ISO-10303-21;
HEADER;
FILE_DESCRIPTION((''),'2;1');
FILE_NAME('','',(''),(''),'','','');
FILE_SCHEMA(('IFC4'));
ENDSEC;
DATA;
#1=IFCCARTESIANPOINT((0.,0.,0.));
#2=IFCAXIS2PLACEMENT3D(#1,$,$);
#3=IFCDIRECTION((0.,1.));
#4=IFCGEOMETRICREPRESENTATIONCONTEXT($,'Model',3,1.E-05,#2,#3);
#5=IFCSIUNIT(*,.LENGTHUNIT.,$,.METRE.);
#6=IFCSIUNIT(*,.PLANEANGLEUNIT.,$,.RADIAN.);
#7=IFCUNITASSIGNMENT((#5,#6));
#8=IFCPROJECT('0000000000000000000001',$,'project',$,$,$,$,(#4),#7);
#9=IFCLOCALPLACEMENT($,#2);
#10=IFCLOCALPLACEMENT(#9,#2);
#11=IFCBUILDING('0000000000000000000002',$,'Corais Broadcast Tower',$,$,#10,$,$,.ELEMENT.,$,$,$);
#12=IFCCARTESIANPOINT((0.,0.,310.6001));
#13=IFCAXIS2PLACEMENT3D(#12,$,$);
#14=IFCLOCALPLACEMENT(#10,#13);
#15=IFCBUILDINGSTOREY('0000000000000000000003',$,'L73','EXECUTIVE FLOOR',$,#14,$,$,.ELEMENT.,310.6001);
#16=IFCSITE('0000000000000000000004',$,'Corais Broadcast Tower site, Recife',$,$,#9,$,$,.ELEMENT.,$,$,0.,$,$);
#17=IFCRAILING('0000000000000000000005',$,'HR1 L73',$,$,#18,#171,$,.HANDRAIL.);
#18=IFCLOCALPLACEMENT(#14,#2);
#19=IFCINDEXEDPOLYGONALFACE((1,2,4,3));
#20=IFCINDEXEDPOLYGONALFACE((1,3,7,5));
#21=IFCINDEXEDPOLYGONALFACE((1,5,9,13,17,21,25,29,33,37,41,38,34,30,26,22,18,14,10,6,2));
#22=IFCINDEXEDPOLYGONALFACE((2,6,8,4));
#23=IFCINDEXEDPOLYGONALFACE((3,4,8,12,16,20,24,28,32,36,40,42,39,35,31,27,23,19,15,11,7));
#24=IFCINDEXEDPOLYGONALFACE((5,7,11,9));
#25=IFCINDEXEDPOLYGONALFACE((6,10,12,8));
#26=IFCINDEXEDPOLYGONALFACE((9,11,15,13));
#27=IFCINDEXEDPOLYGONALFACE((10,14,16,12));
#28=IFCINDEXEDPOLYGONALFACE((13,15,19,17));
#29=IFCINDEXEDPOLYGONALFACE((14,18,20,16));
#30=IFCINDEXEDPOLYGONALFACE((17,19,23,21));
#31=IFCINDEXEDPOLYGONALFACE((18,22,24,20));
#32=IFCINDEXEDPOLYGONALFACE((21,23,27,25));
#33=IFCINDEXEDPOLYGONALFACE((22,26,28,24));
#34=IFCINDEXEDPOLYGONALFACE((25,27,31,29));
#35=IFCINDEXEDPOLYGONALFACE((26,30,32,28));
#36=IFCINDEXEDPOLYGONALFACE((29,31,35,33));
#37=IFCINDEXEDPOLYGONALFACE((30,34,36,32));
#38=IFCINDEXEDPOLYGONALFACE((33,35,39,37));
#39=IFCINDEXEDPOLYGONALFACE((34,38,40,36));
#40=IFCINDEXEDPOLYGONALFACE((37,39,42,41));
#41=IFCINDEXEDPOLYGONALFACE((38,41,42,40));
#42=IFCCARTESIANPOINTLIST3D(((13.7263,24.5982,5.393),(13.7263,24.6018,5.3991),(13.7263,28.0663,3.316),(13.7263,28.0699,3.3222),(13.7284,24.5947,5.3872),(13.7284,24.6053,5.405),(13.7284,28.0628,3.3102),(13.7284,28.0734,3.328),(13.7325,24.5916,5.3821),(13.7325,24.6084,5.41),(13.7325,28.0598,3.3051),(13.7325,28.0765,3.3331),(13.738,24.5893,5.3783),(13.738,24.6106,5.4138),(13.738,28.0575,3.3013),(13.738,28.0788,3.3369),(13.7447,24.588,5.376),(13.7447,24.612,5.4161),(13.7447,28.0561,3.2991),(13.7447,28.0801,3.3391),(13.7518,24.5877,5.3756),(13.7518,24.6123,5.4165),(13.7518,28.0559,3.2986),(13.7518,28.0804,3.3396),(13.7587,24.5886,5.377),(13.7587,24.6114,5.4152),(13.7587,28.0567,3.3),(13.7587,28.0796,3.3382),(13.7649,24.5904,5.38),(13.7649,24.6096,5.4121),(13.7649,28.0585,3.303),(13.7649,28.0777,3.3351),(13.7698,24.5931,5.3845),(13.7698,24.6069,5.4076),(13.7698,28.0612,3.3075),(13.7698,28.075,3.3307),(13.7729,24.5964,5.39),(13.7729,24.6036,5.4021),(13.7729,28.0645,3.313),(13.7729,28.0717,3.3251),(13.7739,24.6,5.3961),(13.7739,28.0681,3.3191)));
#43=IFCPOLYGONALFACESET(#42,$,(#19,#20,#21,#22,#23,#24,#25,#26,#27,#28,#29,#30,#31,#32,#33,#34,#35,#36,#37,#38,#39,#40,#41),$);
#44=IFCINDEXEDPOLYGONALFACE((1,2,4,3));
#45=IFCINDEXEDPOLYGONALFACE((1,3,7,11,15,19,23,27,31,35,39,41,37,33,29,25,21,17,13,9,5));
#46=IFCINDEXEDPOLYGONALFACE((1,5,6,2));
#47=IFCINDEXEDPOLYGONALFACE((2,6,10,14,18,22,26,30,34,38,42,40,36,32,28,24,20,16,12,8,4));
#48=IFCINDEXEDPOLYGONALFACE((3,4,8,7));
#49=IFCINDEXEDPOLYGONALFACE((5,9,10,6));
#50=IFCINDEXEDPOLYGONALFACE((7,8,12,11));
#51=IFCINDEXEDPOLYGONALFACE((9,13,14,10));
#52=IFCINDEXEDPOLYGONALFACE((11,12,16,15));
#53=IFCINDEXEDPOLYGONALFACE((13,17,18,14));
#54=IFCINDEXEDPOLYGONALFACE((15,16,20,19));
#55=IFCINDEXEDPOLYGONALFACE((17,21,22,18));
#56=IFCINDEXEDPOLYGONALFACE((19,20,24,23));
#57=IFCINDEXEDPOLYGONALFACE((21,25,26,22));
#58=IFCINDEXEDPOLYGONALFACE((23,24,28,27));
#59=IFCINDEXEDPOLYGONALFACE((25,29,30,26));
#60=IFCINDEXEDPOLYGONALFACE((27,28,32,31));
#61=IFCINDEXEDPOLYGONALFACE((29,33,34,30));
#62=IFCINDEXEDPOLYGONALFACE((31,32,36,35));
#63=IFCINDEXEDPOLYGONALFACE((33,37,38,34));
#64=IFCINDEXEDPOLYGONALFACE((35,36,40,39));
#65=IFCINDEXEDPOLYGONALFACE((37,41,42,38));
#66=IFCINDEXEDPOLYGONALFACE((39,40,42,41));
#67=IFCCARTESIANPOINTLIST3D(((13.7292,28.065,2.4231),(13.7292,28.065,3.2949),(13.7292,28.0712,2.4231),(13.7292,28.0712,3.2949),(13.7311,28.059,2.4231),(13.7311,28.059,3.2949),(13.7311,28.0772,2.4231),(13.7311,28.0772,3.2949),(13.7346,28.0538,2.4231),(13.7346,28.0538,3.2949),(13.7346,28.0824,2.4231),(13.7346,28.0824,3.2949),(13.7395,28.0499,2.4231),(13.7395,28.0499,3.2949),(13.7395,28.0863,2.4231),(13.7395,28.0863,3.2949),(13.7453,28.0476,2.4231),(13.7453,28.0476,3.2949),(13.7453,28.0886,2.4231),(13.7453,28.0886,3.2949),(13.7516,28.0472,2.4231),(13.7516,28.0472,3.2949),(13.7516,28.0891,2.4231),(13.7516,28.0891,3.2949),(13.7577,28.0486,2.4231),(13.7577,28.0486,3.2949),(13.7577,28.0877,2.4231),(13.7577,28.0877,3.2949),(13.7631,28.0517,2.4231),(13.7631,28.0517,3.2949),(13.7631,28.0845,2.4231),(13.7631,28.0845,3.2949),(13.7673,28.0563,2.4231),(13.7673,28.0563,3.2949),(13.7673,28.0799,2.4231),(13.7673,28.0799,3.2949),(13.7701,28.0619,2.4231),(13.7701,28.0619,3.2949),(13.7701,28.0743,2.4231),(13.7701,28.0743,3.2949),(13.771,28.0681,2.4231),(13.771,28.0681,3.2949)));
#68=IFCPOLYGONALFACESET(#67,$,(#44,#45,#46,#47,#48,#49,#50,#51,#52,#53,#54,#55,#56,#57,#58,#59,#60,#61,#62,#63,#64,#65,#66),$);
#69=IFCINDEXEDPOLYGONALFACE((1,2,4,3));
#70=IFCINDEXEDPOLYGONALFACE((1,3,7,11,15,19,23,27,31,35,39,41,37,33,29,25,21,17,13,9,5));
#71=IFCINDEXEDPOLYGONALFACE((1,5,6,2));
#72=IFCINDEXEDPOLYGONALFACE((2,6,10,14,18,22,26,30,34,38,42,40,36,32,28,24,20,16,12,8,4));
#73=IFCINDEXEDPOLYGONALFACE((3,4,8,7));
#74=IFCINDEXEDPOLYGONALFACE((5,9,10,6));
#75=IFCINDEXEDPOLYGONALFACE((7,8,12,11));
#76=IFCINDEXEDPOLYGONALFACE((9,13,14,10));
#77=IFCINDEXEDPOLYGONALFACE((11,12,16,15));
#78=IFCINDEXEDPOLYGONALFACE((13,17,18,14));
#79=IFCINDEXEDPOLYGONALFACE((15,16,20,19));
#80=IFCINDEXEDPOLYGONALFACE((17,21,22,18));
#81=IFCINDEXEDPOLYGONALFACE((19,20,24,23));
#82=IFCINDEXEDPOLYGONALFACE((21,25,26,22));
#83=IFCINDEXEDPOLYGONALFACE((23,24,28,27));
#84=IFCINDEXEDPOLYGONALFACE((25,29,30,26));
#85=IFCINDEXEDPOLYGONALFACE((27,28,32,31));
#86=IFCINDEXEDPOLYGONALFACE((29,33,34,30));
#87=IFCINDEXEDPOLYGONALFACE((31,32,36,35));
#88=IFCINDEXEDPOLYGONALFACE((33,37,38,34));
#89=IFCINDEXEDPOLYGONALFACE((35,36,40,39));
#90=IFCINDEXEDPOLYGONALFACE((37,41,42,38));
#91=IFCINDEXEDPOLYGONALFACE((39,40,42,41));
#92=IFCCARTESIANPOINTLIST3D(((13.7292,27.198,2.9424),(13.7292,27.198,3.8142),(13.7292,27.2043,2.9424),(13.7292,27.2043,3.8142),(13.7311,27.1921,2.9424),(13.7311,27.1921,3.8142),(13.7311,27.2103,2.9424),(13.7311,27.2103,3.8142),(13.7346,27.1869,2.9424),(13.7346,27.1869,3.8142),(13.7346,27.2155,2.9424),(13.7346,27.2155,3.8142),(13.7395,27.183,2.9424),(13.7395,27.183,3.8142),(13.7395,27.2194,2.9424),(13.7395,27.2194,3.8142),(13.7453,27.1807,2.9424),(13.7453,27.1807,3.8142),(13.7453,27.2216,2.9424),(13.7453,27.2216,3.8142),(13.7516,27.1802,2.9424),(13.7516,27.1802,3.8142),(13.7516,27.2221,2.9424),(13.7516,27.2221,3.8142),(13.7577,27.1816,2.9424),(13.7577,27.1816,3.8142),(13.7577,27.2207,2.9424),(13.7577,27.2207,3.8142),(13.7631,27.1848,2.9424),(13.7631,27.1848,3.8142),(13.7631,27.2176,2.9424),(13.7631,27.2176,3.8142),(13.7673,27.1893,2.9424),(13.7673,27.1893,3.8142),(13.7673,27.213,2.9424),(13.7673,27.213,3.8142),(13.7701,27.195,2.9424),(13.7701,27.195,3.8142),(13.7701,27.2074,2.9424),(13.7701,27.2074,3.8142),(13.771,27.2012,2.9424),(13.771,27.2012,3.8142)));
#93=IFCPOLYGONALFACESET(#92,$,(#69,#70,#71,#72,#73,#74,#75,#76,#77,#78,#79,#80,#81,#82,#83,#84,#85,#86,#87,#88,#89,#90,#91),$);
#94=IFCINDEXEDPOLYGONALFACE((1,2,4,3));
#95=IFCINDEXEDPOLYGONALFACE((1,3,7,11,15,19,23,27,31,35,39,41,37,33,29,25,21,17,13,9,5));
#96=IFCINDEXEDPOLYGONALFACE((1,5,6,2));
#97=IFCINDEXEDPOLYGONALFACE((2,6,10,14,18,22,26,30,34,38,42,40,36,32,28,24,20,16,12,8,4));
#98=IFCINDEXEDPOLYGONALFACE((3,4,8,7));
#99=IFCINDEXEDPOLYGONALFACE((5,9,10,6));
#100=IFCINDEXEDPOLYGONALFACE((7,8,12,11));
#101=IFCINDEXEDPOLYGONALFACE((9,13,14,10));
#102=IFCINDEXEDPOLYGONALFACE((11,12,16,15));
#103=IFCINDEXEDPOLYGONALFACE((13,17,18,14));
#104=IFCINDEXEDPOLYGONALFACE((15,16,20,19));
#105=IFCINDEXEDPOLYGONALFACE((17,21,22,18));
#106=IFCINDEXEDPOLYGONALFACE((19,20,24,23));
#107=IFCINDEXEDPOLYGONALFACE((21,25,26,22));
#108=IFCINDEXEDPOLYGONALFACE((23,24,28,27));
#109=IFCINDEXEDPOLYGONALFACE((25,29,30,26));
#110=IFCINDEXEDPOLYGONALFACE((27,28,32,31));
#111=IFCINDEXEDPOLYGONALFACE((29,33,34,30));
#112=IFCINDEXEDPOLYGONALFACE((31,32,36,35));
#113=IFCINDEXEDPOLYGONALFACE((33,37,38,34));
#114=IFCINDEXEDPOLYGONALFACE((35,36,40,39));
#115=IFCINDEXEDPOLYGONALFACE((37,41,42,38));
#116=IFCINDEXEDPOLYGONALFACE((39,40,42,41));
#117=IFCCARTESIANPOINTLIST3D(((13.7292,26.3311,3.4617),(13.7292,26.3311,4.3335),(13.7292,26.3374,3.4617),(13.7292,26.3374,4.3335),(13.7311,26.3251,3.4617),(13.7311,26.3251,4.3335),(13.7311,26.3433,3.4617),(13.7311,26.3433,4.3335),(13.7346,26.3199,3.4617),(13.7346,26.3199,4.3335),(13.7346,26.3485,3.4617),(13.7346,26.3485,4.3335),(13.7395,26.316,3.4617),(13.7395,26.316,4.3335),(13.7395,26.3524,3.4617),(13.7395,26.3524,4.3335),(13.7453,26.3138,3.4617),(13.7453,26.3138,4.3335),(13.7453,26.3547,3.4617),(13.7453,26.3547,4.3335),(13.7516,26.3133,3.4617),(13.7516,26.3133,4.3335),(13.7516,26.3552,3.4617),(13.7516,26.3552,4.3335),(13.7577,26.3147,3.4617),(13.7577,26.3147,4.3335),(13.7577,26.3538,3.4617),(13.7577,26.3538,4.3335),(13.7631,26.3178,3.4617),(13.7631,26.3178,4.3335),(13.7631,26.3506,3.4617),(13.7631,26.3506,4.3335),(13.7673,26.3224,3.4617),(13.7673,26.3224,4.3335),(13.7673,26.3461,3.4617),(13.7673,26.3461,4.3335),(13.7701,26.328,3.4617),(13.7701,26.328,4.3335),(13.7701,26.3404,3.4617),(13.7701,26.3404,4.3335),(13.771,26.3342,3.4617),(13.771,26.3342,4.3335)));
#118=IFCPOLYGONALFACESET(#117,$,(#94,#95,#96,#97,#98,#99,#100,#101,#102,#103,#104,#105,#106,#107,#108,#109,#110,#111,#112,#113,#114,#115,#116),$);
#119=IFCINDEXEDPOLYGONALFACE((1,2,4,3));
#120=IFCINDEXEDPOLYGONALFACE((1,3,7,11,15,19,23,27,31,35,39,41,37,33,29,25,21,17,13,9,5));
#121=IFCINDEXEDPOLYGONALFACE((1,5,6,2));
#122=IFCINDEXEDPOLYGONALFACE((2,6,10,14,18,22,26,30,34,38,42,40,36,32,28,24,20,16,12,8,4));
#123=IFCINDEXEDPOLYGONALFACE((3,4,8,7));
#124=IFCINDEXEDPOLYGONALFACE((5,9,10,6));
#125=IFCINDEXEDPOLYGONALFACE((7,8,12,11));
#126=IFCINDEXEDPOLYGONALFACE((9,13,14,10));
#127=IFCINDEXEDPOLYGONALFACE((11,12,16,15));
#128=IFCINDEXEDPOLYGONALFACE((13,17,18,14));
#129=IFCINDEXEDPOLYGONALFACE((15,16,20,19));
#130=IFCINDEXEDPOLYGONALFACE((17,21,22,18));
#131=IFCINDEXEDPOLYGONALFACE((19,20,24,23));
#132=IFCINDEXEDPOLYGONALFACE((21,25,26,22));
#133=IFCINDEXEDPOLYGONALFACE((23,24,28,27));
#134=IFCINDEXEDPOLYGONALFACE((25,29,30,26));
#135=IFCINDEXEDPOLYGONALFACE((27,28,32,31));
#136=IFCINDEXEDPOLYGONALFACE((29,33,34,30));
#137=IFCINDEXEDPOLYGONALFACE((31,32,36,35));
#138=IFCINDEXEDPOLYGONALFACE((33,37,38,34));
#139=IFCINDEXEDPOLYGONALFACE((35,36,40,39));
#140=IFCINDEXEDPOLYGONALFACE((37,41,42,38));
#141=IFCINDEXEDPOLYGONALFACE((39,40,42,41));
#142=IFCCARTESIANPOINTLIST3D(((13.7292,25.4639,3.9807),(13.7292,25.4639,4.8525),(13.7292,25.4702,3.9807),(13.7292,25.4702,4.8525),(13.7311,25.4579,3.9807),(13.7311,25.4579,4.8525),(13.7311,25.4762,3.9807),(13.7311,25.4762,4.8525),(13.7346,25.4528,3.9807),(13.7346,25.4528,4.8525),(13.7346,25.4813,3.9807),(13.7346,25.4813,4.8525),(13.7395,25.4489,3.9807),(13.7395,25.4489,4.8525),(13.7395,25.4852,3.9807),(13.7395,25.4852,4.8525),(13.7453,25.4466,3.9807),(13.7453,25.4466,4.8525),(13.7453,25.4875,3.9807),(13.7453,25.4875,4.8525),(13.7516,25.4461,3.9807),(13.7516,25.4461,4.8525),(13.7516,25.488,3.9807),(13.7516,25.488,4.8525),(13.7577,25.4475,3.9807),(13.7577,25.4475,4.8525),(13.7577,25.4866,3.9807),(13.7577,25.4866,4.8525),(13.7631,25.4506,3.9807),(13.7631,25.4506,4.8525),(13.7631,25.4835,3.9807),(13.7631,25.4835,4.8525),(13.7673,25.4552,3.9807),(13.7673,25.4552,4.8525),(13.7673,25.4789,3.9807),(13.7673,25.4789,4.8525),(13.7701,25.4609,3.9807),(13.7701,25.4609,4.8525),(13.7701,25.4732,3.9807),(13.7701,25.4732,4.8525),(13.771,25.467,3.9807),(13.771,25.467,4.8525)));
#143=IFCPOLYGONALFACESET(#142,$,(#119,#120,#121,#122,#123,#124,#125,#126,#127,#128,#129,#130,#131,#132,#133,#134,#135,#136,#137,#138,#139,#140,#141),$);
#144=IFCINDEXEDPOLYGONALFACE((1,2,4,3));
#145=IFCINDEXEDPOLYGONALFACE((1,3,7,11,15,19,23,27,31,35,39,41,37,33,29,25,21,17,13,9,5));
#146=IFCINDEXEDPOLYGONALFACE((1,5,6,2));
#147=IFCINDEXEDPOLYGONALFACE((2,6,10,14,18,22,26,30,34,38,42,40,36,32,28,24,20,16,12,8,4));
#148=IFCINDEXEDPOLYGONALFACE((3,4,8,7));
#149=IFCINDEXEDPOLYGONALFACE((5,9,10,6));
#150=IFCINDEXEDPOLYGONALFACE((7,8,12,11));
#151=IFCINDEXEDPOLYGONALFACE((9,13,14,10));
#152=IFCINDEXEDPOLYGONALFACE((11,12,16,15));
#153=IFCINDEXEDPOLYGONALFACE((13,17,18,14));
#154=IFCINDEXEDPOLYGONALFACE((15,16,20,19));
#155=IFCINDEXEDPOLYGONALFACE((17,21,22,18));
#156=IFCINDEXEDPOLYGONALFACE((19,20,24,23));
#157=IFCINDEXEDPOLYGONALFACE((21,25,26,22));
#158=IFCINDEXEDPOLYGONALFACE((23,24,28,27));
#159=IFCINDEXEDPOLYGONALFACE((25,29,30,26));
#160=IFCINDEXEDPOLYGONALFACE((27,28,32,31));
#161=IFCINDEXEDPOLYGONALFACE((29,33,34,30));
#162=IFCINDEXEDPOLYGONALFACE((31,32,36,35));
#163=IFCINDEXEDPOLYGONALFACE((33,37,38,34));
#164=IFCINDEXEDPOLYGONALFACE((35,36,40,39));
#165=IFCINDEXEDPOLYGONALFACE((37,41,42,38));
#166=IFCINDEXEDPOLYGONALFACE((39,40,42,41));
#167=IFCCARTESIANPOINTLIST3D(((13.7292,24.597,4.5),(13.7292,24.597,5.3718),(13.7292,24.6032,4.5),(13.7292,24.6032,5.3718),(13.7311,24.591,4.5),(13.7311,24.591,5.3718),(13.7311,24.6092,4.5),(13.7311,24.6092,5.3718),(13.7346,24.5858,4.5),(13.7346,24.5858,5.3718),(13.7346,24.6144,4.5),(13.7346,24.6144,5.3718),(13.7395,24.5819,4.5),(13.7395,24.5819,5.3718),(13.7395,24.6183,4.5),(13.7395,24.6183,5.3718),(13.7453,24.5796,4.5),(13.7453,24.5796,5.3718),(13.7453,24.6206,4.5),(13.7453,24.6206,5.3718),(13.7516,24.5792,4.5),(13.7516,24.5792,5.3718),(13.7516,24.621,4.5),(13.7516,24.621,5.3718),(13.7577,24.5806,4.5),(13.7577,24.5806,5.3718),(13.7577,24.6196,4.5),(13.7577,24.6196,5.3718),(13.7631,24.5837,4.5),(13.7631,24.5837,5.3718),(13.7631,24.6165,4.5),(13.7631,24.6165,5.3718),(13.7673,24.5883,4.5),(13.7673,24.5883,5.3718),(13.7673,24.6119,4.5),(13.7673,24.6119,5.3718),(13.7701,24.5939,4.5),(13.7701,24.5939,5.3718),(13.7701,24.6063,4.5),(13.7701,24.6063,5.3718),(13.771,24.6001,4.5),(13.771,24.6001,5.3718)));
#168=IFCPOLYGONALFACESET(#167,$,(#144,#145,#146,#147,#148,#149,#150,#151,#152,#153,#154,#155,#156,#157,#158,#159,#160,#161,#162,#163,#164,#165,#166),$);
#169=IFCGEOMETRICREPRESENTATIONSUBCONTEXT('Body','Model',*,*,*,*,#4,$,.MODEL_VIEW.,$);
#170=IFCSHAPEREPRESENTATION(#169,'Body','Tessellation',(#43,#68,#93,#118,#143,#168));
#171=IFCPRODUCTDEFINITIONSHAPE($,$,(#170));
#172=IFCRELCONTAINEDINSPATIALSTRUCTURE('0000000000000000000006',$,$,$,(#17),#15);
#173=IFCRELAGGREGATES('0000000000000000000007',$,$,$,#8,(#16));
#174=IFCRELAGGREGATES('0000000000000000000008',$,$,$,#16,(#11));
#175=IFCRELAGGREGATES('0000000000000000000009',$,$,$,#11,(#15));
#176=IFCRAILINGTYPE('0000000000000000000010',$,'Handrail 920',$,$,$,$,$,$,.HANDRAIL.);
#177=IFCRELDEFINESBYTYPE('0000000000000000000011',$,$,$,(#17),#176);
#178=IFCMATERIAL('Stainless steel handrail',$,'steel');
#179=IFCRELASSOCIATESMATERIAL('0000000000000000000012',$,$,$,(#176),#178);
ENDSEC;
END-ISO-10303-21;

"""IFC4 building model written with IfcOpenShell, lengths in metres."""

from ifc_helpers import new_model, si_unit, direction, frame, origin, origin_2d, place, context, subcontext, project, spatial, circle, extrude, material, type_object, element, save


model = new_model("IFC4")

# Units and contexts
model_context = context("Model", 3, precision=1e-05, world=origin(), true_north=direction((0.0, 1.0)))
body_context = subcontext(model_context, "Body", "Model", "MODEL_VIEW")
ifc_project = project(units=[si_unit("LENGTHUNIT", "METRE"), si_unit("PLANEANGLEUNIT", "RADIAN")], contexts=[model_context])

# Site, building, storey
site_placement = place(None, origin())
site = spatial("IfcSite", under=ifc_project, at=site_placement, Name="Corais Broadcast Tower site, Recife", CompositionType="ELEMENT", RefElevation=0.0)
building_placement = place(site_placement, origin())
building = spatial("IfcBuilding", under=site, at=building_placement, Name="Corais Broadcast Tower", CompositionType="ELEMENT")
storey_placement = place(building_placement, frame((0.0, 0.0, 310.6001)))
storey = spatial("IfcBuildingStorey", under=building, at=storey_placement, Name="L73", Description="EXECUTIVE FLOOR", CompositionType="ELEMENT", Elevation=310.6001)

# Railing
ifc_material_1 = material(Name="Stainless steel handrail", Category="steel")
railing_type = type_object("IfcRailingType", Name="Handrail 920", PredefinedType="HANDRAIL", material=ifc_material_1)
railing_placement = place(storey_placement, frame((13.75, 28.0681, 2.4231)))
element("IfcRailing", 1, at=railing_placement, inside=storey, type_object=railing_type, Name="HR1 L73", PredefinedType="HANDRAIL", context=body_context, shape_type="SweptSolid", body=[
    extrude(circle(Radius=0.0239, at=origin_2d()), frame((0.0, 0.0, 0.896), z_axis=(0.0, -0.857919, 0.513785), x_axis=(1.0, 0.0, 0.0)), (0.0, 0.0, 1.0), 4.0425),
    extrude(circle(Radius=0.021, at=origin_2d()), origin(), (0.0, 0.0, 1.0), 0.8718),
    extrude(circle(Radius=0.021, at=origin_2d()), frame((0.0, -0.8669, 0.5193)), (0.0, 0.0, 1.0), 0.8718),
    extrude(circle(Radius=0.021, at=origin_2d()), frame((0.0, -1.7339, 1.0386)), (0.0, 0.0, 1.0), 0.8718),
    extrude(circle(Radius=0.021, at=origin_2d()), frame((0.0, -2.6011, 1.5576)), (0.0, 0.0, 1.0), 0.8718),
    extrude(circle(Radius=0.021, at=origin_2d()), frame((0.0, -3.468, 2.0769)), (0.0, 0.0, 1.0), 0.8718),
])

save(model, "model.ifc")
